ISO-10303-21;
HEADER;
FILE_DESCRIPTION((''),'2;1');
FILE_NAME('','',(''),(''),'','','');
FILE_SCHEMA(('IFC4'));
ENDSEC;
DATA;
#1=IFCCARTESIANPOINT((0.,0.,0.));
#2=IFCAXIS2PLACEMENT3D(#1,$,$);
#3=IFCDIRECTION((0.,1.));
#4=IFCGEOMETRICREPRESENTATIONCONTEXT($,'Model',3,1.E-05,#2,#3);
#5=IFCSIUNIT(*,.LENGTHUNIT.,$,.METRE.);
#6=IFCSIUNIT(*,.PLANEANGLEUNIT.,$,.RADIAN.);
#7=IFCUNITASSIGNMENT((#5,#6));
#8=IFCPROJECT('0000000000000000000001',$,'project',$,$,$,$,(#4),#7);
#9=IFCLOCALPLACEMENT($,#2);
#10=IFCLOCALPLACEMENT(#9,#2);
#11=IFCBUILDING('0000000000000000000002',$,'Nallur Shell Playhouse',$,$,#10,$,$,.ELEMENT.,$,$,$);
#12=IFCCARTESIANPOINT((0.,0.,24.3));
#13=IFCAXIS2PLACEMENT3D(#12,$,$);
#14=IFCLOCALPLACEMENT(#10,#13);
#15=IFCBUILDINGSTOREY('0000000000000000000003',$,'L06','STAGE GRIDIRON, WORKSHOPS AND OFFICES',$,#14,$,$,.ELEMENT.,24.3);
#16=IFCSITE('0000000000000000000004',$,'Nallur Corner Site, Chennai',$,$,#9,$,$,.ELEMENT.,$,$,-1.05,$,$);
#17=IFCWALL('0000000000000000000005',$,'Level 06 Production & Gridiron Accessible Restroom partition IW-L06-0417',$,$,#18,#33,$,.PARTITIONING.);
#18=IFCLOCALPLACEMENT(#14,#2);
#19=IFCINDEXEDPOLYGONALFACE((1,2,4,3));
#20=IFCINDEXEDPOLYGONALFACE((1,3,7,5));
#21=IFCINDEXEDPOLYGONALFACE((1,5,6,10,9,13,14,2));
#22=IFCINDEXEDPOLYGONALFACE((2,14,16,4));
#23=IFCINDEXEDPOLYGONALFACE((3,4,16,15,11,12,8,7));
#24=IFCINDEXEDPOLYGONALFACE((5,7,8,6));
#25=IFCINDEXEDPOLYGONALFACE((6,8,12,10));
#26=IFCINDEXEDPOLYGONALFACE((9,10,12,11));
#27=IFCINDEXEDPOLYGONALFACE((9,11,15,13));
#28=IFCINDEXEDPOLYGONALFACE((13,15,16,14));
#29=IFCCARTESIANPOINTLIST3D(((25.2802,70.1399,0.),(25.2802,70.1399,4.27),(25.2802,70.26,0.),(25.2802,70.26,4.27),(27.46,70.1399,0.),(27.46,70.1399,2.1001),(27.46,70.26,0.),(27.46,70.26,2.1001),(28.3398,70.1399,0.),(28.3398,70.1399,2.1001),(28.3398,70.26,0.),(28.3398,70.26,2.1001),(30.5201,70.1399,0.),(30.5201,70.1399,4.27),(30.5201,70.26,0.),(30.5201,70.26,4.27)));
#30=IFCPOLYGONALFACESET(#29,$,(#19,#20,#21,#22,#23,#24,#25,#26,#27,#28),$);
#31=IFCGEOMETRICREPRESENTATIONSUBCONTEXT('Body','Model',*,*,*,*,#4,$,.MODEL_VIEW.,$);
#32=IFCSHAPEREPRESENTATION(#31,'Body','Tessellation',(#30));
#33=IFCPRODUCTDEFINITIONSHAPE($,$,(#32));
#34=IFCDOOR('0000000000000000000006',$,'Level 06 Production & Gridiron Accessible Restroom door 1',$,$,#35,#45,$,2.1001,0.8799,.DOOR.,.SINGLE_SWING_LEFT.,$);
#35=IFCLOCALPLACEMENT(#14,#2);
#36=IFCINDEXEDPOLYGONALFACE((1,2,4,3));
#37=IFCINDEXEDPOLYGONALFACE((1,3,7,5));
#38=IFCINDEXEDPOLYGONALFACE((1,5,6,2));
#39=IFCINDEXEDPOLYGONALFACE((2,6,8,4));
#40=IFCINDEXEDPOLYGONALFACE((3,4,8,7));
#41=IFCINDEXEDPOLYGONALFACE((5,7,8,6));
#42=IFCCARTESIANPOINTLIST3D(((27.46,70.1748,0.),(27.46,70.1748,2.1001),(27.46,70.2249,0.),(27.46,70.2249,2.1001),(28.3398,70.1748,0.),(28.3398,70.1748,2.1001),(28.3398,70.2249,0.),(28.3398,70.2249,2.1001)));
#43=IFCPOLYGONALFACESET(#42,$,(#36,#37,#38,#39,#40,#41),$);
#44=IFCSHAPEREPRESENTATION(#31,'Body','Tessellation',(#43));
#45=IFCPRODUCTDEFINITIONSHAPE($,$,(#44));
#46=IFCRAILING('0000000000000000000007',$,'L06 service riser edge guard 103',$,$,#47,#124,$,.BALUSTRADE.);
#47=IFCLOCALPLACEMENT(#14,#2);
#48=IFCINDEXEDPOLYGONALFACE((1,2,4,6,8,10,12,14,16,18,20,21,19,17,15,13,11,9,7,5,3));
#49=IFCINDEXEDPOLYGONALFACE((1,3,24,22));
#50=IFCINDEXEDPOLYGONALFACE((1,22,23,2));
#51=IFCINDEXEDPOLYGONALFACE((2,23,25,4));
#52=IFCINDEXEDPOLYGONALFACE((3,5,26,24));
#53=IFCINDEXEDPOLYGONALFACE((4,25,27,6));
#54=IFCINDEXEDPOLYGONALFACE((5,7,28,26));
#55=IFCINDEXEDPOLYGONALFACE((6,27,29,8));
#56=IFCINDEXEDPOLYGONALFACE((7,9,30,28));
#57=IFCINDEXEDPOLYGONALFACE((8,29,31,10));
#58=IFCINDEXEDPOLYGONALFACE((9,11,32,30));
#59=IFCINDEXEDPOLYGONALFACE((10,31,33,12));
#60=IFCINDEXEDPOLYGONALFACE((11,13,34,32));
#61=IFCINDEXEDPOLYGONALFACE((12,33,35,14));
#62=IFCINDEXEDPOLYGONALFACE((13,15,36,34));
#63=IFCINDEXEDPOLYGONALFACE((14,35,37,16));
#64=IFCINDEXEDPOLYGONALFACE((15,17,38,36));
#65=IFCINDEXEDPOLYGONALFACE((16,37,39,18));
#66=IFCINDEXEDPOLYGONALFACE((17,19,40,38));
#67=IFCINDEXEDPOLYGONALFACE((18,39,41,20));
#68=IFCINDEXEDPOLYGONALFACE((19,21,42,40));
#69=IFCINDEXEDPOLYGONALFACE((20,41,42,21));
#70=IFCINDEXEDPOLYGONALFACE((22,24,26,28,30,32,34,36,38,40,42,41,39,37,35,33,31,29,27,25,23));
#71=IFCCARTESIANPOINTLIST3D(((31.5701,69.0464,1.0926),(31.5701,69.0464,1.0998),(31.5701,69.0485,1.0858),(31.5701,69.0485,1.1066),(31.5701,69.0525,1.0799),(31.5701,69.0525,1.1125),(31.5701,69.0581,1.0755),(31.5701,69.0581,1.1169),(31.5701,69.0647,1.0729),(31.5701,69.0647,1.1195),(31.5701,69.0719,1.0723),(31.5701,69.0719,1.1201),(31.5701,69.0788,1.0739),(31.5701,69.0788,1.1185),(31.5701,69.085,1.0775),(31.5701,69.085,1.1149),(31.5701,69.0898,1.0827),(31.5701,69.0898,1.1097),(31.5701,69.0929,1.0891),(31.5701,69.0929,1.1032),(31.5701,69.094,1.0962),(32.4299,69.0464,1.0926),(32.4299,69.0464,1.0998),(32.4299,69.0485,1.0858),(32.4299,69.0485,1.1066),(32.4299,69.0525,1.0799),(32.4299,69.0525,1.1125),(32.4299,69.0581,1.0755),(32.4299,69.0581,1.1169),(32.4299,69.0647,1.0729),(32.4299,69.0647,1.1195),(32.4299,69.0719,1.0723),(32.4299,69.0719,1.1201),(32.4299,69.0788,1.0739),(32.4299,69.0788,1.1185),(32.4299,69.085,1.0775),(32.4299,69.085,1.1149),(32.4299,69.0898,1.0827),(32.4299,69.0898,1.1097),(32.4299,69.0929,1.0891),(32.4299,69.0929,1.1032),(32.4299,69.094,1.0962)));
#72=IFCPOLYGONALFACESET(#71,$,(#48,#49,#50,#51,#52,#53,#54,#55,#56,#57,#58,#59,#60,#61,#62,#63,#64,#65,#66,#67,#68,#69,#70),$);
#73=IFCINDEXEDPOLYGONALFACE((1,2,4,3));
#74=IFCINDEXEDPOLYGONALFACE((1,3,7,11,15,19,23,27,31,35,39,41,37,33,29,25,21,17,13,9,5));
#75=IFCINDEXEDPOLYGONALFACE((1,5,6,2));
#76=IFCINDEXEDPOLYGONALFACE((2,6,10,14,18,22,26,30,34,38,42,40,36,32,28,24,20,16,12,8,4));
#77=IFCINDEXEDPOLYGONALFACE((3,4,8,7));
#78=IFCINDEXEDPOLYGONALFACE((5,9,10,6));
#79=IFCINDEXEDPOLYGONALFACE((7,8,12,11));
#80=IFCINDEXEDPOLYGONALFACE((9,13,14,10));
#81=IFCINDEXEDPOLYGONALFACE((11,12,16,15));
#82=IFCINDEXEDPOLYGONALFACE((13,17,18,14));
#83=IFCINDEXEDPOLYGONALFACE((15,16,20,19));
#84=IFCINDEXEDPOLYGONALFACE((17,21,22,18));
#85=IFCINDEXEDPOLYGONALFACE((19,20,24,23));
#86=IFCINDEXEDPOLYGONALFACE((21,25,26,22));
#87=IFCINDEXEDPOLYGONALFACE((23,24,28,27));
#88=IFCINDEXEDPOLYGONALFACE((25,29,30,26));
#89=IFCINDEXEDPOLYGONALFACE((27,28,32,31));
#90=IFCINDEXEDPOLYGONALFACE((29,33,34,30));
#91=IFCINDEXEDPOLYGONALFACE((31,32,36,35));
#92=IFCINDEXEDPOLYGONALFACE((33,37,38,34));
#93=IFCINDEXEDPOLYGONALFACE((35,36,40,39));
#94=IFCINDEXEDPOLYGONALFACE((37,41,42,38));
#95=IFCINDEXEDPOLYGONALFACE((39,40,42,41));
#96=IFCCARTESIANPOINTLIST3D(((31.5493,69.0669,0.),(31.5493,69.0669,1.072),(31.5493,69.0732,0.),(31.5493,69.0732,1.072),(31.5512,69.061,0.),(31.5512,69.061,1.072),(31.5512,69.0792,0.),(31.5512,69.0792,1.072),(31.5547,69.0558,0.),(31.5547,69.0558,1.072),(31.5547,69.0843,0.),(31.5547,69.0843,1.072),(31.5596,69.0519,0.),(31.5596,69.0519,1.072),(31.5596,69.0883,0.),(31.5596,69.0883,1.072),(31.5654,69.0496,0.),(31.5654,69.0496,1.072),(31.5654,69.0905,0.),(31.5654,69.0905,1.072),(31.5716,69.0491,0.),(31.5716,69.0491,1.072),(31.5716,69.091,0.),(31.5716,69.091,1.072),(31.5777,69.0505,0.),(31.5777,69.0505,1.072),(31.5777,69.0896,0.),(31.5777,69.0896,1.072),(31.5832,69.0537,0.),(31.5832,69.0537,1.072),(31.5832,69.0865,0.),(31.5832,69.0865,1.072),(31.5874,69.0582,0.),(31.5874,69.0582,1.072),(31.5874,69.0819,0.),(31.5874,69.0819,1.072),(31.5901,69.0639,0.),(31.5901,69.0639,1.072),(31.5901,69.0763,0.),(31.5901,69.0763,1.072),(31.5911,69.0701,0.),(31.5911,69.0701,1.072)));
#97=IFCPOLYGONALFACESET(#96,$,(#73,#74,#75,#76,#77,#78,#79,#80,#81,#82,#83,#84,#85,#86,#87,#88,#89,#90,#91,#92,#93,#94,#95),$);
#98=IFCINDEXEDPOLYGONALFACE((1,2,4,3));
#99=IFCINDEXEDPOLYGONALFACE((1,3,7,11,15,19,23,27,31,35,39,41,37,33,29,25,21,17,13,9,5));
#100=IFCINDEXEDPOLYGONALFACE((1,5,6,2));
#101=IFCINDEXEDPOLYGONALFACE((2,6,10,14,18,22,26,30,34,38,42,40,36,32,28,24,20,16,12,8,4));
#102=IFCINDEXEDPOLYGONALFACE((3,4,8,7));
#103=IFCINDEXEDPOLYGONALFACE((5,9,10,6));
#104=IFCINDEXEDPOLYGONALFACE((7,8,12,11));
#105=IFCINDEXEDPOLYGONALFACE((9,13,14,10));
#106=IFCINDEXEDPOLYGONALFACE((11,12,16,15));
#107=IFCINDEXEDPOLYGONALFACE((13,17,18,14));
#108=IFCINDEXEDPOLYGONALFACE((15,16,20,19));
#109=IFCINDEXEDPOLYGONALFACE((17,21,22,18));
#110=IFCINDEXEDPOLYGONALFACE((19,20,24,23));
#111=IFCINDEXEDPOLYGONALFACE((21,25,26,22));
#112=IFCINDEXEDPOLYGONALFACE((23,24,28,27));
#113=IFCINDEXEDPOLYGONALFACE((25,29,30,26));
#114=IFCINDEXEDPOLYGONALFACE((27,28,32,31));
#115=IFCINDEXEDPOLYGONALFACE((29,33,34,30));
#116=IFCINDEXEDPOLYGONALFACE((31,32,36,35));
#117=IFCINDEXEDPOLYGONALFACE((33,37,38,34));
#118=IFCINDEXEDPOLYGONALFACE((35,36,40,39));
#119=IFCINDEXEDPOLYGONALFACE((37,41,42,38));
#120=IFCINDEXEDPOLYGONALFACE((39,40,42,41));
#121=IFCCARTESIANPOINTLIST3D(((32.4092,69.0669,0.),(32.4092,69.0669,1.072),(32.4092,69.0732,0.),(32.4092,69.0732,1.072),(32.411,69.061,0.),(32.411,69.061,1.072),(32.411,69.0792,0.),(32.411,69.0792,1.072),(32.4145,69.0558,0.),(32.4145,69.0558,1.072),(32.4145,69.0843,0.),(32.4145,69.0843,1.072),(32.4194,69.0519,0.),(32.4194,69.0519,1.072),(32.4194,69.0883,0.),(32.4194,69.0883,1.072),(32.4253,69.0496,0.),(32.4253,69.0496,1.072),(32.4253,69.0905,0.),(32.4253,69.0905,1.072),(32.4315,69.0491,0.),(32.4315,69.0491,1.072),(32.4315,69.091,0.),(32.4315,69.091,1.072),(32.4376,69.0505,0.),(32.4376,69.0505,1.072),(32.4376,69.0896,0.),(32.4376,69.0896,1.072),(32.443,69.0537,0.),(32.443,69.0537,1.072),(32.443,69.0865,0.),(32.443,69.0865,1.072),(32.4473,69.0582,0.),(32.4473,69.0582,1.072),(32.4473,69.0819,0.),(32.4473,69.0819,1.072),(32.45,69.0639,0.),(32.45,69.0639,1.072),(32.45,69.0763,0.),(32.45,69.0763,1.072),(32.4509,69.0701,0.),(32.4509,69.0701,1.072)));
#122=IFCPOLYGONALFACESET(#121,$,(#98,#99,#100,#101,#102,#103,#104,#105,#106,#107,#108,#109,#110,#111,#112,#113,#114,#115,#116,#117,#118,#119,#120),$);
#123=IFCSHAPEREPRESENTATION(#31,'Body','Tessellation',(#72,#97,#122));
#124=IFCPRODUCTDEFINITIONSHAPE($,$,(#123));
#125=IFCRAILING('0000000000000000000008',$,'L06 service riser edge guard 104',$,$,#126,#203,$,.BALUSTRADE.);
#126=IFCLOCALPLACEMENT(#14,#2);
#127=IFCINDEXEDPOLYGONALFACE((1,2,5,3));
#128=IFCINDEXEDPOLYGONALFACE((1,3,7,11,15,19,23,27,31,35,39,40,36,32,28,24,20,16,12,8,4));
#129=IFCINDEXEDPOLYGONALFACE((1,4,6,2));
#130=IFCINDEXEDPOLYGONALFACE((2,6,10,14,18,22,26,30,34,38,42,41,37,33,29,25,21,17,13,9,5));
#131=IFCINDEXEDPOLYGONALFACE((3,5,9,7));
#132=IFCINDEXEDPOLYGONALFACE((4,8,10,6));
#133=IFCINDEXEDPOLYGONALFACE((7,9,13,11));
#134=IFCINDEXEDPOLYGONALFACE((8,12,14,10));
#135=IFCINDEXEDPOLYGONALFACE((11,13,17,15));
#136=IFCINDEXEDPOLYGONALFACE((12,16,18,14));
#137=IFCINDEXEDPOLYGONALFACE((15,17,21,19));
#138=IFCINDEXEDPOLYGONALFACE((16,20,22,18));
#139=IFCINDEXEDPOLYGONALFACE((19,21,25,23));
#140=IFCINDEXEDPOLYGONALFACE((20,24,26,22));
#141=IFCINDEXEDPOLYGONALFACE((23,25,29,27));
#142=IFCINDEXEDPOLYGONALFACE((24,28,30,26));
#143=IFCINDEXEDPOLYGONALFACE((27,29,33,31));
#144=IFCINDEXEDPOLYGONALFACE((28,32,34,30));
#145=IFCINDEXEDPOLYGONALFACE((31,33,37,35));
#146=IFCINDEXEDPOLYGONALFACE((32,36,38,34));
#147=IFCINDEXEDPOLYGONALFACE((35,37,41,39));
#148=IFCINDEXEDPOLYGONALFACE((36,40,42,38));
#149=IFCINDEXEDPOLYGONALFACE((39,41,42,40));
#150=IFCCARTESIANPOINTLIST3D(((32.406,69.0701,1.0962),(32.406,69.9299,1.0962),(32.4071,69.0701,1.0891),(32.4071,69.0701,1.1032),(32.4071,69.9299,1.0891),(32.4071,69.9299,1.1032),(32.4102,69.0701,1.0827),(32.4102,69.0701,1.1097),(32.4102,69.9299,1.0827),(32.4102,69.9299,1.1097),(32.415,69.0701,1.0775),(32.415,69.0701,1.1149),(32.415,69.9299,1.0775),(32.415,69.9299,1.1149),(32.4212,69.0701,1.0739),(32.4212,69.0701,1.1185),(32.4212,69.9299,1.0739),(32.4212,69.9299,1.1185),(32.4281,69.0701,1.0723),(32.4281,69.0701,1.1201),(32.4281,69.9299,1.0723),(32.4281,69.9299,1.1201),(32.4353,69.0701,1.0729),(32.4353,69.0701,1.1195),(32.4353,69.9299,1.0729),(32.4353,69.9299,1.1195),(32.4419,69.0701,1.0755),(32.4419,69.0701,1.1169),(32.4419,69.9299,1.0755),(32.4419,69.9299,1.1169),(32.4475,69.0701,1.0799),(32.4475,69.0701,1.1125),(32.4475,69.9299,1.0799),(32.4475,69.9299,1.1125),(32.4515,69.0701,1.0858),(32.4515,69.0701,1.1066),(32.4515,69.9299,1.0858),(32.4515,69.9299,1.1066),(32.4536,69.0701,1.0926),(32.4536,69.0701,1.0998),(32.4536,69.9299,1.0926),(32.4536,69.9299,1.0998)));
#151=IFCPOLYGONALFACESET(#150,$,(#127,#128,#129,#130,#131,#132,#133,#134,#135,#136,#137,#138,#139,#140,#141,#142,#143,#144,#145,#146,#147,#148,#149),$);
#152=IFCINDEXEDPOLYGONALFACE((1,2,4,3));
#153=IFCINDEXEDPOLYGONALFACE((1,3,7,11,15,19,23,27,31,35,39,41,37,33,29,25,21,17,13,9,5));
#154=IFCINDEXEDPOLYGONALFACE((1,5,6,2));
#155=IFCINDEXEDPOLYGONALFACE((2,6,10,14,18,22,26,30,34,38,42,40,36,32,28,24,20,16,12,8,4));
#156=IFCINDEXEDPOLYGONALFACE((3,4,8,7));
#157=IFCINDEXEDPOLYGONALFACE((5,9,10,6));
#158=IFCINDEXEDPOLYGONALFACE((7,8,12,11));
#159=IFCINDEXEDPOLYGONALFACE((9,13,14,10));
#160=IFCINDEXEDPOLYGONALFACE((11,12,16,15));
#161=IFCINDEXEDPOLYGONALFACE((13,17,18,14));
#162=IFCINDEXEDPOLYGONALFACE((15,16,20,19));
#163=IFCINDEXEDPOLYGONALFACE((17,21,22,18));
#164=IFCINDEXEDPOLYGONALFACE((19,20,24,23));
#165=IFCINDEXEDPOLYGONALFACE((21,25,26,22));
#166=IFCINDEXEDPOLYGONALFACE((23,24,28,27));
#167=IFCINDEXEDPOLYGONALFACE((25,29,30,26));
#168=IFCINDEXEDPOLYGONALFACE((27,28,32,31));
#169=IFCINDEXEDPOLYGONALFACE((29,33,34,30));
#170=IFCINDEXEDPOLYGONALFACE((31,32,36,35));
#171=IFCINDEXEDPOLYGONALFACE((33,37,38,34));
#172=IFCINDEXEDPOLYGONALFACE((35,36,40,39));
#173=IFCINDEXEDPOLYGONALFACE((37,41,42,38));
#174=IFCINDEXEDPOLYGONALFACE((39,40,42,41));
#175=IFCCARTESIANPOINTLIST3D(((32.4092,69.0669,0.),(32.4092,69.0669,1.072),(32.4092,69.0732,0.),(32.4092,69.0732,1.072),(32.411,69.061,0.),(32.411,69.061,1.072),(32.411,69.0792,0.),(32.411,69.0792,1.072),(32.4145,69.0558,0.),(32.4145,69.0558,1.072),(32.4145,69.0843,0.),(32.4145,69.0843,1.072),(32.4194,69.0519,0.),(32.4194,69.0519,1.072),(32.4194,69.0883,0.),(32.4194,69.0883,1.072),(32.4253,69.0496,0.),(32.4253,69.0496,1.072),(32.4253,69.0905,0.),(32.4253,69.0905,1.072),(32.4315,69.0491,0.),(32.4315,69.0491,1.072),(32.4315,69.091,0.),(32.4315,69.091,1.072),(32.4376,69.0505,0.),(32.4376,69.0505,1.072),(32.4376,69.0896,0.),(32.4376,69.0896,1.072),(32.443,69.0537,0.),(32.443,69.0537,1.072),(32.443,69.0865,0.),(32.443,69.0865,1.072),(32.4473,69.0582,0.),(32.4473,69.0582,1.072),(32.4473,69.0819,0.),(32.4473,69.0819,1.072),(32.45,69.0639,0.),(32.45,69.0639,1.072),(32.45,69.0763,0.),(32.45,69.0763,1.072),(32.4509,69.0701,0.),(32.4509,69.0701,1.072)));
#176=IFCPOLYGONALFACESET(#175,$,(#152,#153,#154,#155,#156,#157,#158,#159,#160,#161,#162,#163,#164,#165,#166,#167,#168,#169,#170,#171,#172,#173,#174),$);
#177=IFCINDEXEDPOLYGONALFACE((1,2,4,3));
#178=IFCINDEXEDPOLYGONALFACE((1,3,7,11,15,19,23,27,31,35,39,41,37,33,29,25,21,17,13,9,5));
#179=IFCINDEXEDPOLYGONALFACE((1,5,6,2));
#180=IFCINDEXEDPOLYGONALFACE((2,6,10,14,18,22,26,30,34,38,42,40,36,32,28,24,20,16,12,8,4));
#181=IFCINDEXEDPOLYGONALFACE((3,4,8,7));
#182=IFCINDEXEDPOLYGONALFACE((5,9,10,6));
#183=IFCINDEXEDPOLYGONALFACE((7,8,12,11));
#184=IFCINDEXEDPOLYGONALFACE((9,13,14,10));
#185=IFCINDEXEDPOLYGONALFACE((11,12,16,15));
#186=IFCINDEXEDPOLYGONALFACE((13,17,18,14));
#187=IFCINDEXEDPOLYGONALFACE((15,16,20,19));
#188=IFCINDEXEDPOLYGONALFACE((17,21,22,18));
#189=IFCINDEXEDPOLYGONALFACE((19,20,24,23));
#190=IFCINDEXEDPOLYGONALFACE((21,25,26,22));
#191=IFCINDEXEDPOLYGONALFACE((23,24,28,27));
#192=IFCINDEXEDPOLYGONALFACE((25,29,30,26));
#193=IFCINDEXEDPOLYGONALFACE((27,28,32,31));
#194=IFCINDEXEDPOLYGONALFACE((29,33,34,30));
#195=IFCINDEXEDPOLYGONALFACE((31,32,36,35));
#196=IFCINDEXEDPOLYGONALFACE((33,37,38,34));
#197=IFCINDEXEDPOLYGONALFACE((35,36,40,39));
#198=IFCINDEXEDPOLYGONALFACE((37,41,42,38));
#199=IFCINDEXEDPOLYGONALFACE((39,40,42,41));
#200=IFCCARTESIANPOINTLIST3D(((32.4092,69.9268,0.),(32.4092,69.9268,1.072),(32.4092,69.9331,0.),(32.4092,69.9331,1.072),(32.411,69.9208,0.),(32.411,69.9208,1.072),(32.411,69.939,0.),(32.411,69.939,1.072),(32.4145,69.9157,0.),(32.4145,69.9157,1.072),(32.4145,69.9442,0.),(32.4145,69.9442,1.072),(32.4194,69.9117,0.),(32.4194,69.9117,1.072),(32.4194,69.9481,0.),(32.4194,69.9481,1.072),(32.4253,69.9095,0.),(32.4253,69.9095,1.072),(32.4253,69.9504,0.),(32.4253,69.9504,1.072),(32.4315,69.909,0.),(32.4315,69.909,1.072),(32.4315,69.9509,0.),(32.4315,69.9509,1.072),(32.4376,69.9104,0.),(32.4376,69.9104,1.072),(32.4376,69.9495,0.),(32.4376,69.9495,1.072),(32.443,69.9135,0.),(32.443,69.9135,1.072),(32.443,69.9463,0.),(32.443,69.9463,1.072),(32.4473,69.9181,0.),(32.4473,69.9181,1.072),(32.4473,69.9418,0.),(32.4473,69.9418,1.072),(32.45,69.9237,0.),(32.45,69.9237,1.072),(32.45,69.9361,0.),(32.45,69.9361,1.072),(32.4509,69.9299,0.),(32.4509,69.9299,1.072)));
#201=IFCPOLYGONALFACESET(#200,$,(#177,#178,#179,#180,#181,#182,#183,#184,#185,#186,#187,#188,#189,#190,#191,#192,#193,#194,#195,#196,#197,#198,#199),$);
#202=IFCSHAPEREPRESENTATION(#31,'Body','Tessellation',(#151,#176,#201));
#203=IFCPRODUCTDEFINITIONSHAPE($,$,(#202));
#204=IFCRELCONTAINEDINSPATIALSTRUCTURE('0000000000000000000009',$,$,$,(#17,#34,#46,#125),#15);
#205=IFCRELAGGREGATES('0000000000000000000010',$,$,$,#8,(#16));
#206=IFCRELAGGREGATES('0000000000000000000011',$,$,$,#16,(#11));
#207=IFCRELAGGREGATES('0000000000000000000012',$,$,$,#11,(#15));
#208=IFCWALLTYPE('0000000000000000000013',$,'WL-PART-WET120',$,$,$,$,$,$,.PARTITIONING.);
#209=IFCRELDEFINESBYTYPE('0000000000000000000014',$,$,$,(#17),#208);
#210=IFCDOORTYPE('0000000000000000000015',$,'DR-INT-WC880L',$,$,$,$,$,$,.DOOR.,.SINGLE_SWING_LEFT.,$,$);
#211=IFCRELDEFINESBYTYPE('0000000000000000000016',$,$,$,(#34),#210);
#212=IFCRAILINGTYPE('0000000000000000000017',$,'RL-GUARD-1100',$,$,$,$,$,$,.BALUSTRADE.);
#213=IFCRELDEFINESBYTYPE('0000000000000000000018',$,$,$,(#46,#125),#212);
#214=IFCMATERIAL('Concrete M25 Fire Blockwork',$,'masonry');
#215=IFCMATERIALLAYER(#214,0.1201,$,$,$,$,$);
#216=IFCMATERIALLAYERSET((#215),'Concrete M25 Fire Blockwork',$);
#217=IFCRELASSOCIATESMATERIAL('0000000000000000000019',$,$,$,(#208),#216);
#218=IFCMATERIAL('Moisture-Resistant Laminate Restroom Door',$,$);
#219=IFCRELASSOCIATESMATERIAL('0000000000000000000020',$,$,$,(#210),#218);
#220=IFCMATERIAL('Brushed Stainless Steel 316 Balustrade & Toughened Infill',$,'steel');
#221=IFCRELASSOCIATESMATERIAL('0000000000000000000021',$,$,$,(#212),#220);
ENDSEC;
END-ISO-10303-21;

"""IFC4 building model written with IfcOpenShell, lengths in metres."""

from ifc_helpers import new_model, si_unit, direction, frame, frame_2d, origin, origin_2d, place, context, subcontext, project, spatial, rectangle, circle, extrude, material, layer, layer_set, type_object, element, fill, save


model = new_model("IFC4")

# Units and contexts
model_context = context("Model", 3, precision=1e-05, world=origin(), true_north=direction((0.0, 1.0)))
body_context = subcontext(model_context, "Body", "Model", "MODEL_VIEW")
ifc_project = project(units=[si_unit("LENGTHUNIT", "METRE"), si_unit("PLANEANGLEUNIT", "RADIAN")], contexts=[model_context])

# Site, building, storey
site_placement = place(None, origin())
site = spatial("IfcSite", under=ifc_project, at=site_placement, Name="Nallur Corner Site, Chennai", CompositionType="ELEMENT", RefElevation=-1.05)
building_placement = place(site_placement, origin())
building = spatial("IfcBuilding", under=site, at=building_placement, Name="Nallur Shell Playhouse", CompositionType="ELEMENT")
storey_placement = place(building_placement, frame((0.0, 0.0, 24.3)))
storey = spatial("IfcBuildingStorey", under=building, at=storey_placement, Name="L06", Description="STAGE GRIDIRON, WORKSHOPS AND OFFICES", CompositionType="ELEMENT", Elevation=24.3)

# Shared definitions
ifc_material_1 = material(Name="Concrete M25 Fire Blockwork", Category="masonry")

# Shared definitions
ifc_layer_1 = layer(ifc_material_1, 0.1201)
ifc_layer_set_1 = layer_set([ifc_layer_1], Name="Concrete M25 Fire Blockwork")
wall_type_1 = type_object("IfcWallType", Name="WL-PART-WET120", PredefinedType="PARTITIONING", material=ifc_layer_set_1)

# Wall, opening, door
wall_1_placement = place(storey_placement, frame((25.28, 70.2, 0.0), z_axis=(0.0, 0.0, 1.0), x_axis=(1.0, 0.0, 0.0)))
wall_1 = element("IfcWall", 1, at=wall_1_placement, inside=storey, type_object=wall_type_1, Name="Level 06 Production & Gridiron Accessible Restroom partition IW-L06-0417", PredefinedType="PARTITIONING", context=body_context, shape_type="SweptSolid", body=[
    extrude(rectangle(XDim=5.24, YDim=0.1201, at=frame_2d((2.6201, 0.0))), origin(), (0.0, 0.0, 1.0), 4.27),
])
opening_1_placement = place(wall_1_placement, frame((2.1799, 0.0, 0.0)))
opening_1 = element("IfcOpeningElement", 2, at=opening_1_placement, cuts=wall_1, PredefinedType="OPENING", context=body_context, shape_type="SweptSolid", body=[
    extrude(rectangle(XDim=0.8799, YDim=2.1001, at=frame_2d((0.4399, 1.05))), frame((0.0, 0.0701, 0.0), z_axis=(0.0, -1.0, 0.0), x_axis=(1.0, 0.0, 0.0)), (0.0, 0.0, 1.0), 0.1401),
])
ifc_material_2 = material(Name="Moisture-Resistant Laminate Restroom Door")
door_type_1 = type_object("IfcDoorType", Name="DR-INT-WC880L", OperationType="SINGLE_SWING_LEFT", PredefinedType="DOOR", material=ifc_material_2)
door_1_placement = place(opening_1_placement, origin())
door_1 = element("IfcDoor", 3, at=door_1_placement, inside=storey, type_object=door_type_1, Name="Level 06 Production & Gridiron Accessible Restroom door 1", OperationType="SINGLE_SWING_LEFT", OverallHeight=2.1001, OverallWidth=0.8799, PredefinedType="DOOR", context=body_context, shape_type="SweptSolid", body=[
    extrude(rectangle(XDim=0.8799, YDim=2.1001, at=frame_2d((0.4399, 1.05))), frame((0.0, 0.0249, 0.0), z_axis=(0.0, -1.0, 0.0), x_axis=(1.0, 0.0, 0.0)), (0.0, 0.0, 1.0), 0.05),
])
fill(opening_1, door_1)

# Railings
ifc_material_3 = material(Name="Brushed Stainless Steel 316 Balustrade & Toughened Infill", Category="steel")
railing_type = type_object("IfcRailingType", Name="RL-GUARD-1100", PredefinedType="BALUSTRADE", material=ifc_material_3)
railing_1_placement = place(storey_placement, frame((31.5701, 69.0701, 0.0)))
element("IfcRailing", 4, at=railing_1_placement, inside=storey, type_object=railing_type, Name="L06 service riser edge guard 103", PredefinedType="BALUSTRADE", context=body_context, shape_type="SweptSolid", body=[
    extrude(circle(Radius=0.0239, at=origin_2d()), frame((0.0, 0.0, 1.0962), z_axis=(1.0, 0.0, 0.0), x_axis=(0.0, 1.0, 0.0)), (0.0, 0.0, 1.0), 0.8599),
    extrude(circle(Radius=0.021, at=origin_2d()), origin(), (0.0, 0.0, 1.0), 1.072),
    extrude(circle(Radius=0.021, at=origin_2d()), frame((0.8599, 0.0, 0.0)), (0.0, 0.0, 1.0), 1.072),
])
railing_2_placement = place(storey_placement, frame((32.4299, 69.0701, 0.0)))
element("IfcRailing", 5, at=railing_2_placement, inside=storey, type_object=railing_type, Name="L06 service riser edge guard 104", PredefinedType="BALUSTRADE", context=body_context, shape_type="SweptSolid", body=[
    extrude(circle(Radius=0.0239, at=origin_2d()), frame((0.0, 0.0, 1.0962), z_axis=(0.0, 1.0, 0.0), x_axis=(-1.0, 0.0, 0.0)), (0.0, 0.0, 1.0), 0.8599),
    extrude(circle(Radius=0.021, at=origin_2d()), origin(), (0.0, 0.0, 1.0), 1.072),
    extrude(circle(Radius=0.021, at=origin_2d()), frame((0.0, 0.8599, 0.0)), (0.0, 0.0, 1.0), 1.072),
])

save(model, "model.ifc")
